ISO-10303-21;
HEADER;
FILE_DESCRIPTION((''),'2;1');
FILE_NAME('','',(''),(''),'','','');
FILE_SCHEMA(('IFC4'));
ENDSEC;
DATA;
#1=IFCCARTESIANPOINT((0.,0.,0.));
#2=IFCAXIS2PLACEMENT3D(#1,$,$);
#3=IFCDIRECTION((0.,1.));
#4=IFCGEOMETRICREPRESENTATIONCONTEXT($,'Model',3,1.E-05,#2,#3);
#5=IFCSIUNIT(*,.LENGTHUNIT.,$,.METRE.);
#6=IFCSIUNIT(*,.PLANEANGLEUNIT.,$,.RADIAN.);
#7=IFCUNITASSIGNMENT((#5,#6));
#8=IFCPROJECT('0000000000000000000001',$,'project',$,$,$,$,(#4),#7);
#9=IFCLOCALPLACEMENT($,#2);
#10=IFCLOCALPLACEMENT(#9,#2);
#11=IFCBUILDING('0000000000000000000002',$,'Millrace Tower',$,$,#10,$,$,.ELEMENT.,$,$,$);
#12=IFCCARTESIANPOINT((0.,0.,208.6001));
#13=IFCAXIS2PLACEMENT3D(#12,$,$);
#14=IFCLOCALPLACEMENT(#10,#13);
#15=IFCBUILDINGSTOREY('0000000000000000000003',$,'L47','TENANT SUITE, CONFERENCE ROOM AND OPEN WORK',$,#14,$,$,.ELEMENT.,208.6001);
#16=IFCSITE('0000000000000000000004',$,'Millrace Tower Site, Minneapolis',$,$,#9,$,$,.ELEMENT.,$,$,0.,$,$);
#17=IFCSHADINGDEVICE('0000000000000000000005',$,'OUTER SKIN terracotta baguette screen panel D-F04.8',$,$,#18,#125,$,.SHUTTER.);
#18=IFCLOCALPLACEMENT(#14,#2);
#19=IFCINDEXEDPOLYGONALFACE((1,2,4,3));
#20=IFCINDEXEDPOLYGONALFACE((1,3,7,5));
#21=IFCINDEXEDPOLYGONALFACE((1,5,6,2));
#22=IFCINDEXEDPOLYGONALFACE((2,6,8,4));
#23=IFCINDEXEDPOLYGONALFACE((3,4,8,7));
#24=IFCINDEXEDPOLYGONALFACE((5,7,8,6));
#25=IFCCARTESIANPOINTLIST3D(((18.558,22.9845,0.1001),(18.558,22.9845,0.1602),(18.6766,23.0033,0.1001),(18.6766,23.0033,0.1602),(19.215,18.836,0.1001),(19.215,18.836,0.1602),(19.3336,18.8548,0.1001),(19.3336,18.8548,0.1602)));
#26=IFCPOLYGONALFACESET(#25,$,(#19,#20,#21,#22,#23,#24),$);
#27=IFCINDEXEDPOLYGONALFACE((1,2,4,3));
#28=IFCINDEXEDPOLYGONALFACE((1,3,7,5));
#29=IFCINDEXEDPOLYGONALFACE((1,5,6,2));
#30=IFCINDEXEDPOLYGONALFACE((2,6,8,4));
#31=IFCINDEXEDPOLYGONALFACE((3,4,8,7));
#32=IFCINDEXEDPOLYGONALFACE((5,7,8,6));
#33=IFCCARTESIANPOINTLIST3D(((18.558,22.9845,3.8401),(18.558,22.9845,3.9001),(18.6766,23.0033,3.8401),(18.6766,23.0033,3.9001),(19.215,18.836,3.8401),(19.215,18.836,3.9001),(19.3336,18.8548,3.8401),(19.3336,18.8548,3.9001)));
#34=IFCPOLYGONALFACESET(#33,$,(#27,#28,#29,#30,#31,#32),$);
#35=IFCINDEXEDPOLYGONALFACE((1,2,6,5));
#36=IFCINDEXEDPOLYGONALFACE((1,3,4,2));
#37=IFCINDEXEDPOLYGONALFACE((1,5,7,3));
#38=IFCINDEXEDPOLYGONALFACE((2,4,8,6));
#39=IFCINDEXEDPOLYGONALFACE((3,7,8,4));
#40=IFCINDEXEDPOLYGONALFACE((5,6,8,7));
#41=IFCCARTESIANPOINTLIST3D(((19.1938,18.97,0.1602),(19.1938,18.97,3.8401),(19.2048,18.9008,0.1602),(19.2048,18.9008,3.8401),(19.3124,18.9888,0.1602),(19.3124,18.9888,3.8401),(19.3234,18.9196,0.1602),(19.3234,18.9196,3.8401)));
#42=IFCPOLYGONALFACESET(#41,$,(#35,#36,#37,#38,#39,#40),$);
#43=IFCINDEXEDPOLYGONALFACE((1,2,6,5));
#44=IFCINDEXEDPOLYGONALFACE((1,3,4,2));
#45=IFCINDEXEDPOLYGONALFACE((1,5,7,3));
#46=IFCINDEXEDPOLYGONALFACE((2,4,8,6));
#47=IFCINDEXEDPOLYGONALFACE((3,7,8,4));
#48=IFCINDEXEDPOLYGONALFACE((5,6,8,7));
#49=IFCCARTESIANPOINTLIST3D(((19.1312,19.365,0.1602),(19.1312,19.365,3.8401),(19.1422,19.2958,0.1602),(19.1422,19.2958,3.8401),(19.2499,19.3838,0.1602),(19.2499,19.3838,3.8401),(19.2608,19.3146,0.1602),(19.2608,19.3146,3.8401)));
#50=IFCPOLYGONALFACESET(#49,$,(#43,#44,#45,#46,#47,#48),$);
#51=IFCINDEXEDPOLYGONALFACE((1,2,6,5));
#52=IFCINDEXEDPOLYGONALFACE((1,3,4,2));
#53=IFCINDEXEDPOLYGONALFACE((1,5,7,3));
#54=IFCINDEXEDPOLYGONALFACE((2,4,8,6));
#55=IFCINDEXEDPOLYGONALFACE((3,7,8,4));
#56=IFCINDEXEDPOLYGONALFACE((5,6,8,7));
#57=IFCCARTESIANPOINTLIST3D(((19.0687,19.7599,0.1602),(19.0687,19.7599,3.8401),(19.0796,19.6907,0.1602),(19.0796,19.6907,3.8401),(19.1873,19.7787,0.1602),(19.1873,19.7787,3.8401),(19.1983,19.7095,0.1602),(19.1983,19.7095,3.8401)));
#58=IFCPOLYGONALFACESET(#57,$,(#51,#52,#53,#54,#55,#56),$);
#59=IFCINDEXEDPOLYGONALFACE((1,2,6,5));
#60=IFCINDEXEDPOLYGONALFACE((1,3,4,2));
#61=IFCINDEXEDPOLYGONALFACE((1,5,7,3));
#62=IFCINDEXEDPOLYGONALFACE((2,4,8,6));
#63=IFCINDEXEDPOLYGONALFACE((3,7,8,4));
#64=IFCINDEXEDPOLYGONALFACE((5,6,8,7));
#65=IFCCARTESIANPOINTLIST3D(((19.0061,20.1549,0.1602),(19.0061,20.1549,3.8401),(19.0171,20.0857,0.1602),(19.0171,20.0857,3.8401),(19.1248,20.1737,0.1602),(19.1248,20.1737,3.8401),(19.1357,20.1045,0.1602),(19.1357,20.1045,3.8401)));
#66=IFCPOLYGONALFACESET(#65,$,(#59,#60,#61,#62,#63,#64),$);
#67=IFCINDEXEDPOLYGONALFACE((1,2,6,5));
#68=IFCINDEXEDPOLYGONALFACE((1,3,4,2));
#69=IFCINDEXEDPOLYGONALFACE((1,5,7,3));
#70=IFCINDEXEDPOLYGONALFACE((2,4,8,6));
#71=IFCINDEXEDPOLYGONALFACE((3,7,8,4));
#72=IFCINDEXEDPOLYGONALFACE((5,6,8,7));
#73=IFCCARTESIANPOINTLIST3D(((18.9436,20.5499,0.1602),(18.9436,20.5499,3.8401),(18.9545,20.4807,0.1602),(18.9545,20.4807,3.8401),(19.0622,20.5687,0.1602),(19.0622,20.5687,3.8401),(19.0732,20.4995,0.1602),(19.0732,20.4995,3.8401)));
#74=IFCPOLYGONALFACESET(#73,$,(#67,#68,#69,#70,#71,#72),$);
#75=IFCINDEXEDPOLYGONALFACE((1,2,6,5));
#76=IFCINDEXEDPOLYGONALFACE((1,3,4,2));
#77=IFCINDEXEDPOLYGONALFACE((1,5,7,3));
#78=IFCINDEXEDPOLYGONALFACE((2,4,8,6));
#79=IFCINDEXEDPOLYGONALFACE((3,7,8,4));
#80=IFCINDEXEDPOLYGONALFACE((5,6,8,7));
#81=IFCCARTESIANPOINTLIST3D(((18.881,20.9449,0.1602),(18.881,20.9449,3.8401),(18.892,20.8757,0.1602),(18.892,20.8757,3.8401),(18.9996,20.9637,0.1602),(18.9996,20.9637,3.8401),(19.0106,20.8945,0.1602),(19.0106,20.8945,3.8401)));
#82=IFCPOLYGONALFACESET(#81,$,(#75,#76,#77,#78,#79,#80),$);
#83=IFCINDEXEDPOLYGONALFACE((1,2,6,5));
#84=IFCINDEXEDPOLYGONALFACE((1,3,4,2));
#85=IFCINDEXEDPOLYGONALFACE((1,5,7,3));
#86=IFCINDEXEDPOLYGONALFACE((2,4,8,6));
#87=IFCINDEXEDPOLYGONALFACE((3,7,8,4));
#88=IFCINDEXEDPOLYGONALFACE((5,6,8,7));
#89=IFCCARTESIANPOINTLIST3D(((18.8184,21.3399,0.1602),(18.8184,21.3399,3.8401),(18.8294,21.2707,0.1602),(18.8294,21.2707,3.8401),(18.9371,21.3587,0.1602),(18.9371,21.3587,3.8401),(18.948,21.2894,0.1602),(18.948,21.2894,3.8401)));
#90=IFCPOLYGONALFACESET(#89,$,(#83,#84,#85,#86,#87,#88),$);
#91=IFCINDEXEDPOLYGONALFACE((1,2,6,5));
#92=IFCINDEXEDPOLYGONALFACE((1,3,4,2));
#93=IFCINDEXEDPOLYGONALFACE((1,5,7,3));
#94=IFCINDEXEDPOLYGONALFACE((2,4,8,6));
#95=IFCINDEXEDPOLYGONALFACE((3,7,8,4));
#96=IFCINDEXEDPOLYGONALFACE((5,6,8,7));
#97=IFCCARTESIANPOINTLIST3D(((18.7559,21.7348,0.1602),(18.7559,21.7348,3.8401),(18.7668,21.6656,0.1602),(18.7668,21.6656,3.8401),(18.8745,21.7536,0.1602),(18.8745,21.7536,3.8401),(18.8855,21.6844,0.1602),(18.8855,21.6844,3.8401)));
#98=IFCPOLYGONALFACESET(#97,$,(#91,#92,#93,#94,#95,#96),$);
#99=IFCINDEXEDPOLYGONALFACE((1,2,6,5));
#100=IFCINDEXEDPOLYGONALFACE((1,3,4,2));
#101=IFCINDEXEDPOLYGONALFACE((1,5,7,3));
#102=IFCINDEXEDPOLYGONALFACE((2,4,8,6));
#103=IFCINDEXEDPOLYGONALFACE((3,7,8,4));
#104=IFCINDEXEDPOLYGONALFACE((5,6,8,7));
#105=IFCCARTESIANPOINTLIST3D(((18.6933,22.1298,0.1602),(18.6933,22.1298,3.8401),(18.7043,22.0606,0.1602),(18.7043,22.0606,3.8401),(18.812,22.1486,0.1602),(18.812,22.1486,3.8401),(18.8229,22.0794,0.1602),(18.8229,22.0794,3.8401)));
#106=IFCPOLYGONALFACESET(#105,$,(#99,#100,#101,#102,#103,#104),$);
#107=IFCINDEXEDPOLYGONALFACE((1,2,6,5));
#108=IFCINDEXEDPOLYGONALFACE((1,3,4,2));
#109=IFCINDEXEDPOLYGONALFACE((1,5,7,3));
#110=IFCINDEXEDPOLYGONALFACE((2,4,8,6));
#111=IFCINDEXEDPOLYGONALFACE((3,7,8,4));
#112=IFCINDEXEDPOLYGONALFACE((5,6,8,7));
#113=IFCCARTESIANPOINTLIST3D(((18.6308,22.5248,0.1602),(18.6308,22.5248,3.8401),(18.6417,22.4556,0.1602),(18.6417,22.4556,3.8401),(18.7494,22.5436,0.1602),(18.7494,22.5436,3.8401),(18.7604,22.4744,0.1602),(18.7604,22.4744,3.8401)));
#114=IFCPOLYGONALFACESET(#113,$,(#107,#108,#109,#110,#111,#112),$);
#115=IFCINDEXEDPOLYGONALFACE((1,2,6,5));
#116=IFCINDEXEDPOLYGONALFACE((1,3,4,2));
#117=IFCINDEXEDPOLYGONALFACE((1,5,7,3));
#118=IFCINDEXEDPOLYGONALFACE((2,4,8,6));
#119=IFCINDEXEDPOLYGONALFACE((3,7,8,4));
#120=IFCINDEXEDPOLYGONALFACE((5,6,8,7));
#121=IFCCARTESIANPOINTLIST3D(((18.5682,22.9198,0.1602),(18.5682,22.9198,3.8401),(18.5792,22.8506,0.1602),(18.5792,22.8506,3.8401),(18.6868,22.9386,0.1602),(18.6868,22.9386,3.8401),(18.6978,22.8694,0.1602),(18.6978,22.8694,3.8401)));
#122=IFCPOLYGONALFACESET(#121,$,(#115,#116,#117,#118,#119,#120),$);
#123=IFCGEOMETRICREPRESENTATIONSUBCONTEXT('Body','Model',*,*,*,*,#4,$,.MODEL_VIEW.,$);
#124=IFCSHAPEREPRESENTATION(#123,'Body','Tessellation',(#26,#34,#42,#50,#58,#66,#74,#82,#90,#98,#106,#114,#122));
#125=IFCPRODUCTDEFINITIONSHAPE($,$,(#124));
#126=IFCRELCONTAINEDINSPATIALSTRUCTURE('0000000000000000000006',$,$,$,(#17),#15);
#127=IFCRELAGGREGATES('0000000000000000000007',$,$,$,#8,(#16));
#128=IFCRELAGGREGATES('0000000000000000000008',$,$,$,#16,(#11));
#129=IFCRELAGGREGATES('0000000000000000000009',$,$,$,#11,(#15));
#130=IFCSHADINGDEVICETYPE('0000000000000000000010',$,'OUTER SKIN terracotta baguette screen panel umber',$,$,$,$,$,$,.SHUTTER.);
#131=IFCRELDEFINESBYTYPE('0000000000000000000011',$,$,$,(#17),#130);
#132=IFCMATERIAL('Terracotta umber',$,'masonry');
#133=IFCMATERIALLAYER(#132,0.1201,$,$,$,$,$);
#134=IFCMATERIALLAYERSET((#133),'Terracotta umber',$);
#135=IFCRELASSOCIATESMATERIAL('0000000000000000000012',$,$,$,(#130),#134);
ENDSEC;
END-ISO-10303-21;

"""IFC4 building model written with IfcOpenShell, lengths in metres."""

from ifc_helpers import new_model, entity, si_unit, direction, frame, frame_2d, origin, origin_2d, place, context, subcontext, project, spatial, rectangle, extrude, source, transform, mapped, material, layer, layer_set, type_object, element, save


model = new_model("IFC4")

# Units and contexts
model_context = context("Model", 3, precision=1e-05, world=origin(), true_north=direction((0.0, 1.0)))
body_context = subcontext(model_context, "Body", "Model", "MODEL_VIEW")
ifc_project = project(units=[si_unit("LENGTHUNIT", "METRE"), si_unit("PLANEANGLEUNIT", "RADIAN")], contexts=[model_context])

# Site, building, storey
site_placement = place(None, origin())
site = spatial("IfcSite", under=ifc_project, at=site_placement, Name="Millrace Tower Site, Minneapolis", CompositionType="ELEMENT", RefElevation=0.0)
building_placement = place(site_placement, origin())
building = spatial("IfcBuilding", under=site, at=building_placement, Name="Millrace Tower", CompositionType="ELEMENT")
storey_placement = place(building_placement, frame((0.0, 0.0, 208.6001)))
storey = spatial("IfcBuildingStorey", under=building, at=storey_placement, Name="L47", Description="TENANT SUITE, CONFERENCE ROOM AND OPEN WORK", CompositionType="ELEMENT", Elevation=208.6001)

# Shading device
ifc_material_1 = material(Name="Terracotta umber", Category="masonry")
ifc_layer_1 = layer(ifc_material_1, 0.1201)
ifc_layer_set_1 = layer_set([ifc_layer_1], Name="Terracotta umber")
shading_device_type = type_object("IfcShadingDeviceType", Name="OUTER SKIN terracotta baguette screen panel umber", PredefinedType="SHUTTER", material=ifc_layer_set_1)
cartesian_point = entity("IfcCartesianPoint", [-2.1001, 0.0601])
shared_polyline = entity("IfcPolyline", [cartesian_point, entity("IfcCartesianPoint", [2.1001, 0.0601]), entity("IfcCartesianPoint", [2.1001, -0.0601]), entity("IfcCartesianPoint", [-2.1001, -0.0601]), cartesian_point])
shared_shape = source(origin(), body_context, "Body", "SweptSolid", [
    entity("IfcExtrudedAreaSolid", entity("IfcArbitraryClosedProfileDef", "AREA", None, shared_polyline), entity("IfcAxis2Placement3D", entity("IfcCartesianPoint", [0.0, 0.0, 0.0])), entity("IfcDirection", [0.0, 0.0, 1.0]), 0.0601),
    entity("IfcExtrudedAreaSolid", entity("IfcArbitraryClosedProfileDef", "AREA", None, shared_polyline), entity("IfcAxis2Placement3D", entity("IfcCartesianPoint", [0.0, 0.0, 3.74])), entity("IfcDirection", [0.0, 0.0, 1.0]), 0.0601),
    extrude(rectangle(XDim=0.0701, YDim=0.1201, at=frame_2d((-1.9995, 0.0))), frame((0.0, 0.0, 0.0601)), (0.0, 0.0, 1.0), 3.6799),
    extrude(rectangle(XDim=0.0701, YDim=0.1201, at=frame_2d((-1.5996, 0.0))), frame((0.0, 0.0, 0.0601)), (0.0, 0.0, 1.0), 3.6799),
    extrude(rectangle(XDim=0.0701, YDim=0.1201, at=frame_2d((-1.1997, 0.0))), frame((0.0, 0.0, 0.0601)), (0.0, 0.0, 1.0), 3.6799),
    extrude(rectangle(XDim=0.0701, YDim=0.1201, at=frame_2d((-0.7998, 0.0))), frame((0.0, 0.0, 0.0601)), (0.0, 0.0, 1.0), 3.6799),
    extrude(rectangle(XDim=0.0701, YDim=0.1201, at=frame_2d((-0.3999, 0.0))), frame((0.0, 0.0, 0.0601)), (0.0, 0.0, 1.0), 3.6799),
    extrude(rectangle(XDim=0.0701, YDim=0.1201, at=origin_2d()), frame((0.0, 0.0, 0.0601)), (0.0, 0.0, 1.0), 3.6799),
    extrude(rectangle(XDim=0.0701, YDim=0.1201, at=frame_2d((0.3999, 0.0))), frame((0.0, 0.0, 0.0601)), (0.0, 0.0, 1.0), 3.6799),
    extrude(rectangle(XDim=0.0701, YDim=0.1201, at=frame_2d((0.7998, 0.0))), frame((0.0, 0.0, 0.0601)), (0.0, 0.0, 1.0), 3.6799),
    extrude(rectangle(XDim=0.0701, YDim=0.1201, at=frame_2d((1.1997, 0.0))), frame((0.0, 0.0, 0.0601)), (0.0, 0.0, 1.0), 3.6799),
    extrude(rectangle(XDim=0.0701, YDim=0.1201, at=frame_2d((1.5996, 0.0))), frame((0.0, 0.0, 0.0601)), (0.0, 0.0, 1.0), 3.6799),
    extrude(rectangle(XDim=0.0701, YDim=0.1201, at=frame_2d((1.9995, 0.0))), frame((0.0, 0.0, 0.0601)), (0.0, 0.0, 1.0), 3.6799),
])
for number, where, z_axis, x_axis, name in (
    (1, (18.9458, 20.9197, 0.1001), (0.0, 0.0, 1.0), (-0.156434, 0.987688, 0.0), "OUTER SKIN terracotta baguette screen panel D-F04.8"),
):
    element("IfcShadingDevice", number, at=place(storey_placement, frame(where, z_axis=z_axis, x_axis=x_axis)), inside=storey, type_object=shading_device_type, Name=name, PredefinedType="SHUTTER", context=body_context, shape_type="MappedRepresentation", body=[
        mapped(shared_shape, transform((0.0, 0.0, 0.0), scale=1.0)),
    ])

save(model, "model.ifc")
